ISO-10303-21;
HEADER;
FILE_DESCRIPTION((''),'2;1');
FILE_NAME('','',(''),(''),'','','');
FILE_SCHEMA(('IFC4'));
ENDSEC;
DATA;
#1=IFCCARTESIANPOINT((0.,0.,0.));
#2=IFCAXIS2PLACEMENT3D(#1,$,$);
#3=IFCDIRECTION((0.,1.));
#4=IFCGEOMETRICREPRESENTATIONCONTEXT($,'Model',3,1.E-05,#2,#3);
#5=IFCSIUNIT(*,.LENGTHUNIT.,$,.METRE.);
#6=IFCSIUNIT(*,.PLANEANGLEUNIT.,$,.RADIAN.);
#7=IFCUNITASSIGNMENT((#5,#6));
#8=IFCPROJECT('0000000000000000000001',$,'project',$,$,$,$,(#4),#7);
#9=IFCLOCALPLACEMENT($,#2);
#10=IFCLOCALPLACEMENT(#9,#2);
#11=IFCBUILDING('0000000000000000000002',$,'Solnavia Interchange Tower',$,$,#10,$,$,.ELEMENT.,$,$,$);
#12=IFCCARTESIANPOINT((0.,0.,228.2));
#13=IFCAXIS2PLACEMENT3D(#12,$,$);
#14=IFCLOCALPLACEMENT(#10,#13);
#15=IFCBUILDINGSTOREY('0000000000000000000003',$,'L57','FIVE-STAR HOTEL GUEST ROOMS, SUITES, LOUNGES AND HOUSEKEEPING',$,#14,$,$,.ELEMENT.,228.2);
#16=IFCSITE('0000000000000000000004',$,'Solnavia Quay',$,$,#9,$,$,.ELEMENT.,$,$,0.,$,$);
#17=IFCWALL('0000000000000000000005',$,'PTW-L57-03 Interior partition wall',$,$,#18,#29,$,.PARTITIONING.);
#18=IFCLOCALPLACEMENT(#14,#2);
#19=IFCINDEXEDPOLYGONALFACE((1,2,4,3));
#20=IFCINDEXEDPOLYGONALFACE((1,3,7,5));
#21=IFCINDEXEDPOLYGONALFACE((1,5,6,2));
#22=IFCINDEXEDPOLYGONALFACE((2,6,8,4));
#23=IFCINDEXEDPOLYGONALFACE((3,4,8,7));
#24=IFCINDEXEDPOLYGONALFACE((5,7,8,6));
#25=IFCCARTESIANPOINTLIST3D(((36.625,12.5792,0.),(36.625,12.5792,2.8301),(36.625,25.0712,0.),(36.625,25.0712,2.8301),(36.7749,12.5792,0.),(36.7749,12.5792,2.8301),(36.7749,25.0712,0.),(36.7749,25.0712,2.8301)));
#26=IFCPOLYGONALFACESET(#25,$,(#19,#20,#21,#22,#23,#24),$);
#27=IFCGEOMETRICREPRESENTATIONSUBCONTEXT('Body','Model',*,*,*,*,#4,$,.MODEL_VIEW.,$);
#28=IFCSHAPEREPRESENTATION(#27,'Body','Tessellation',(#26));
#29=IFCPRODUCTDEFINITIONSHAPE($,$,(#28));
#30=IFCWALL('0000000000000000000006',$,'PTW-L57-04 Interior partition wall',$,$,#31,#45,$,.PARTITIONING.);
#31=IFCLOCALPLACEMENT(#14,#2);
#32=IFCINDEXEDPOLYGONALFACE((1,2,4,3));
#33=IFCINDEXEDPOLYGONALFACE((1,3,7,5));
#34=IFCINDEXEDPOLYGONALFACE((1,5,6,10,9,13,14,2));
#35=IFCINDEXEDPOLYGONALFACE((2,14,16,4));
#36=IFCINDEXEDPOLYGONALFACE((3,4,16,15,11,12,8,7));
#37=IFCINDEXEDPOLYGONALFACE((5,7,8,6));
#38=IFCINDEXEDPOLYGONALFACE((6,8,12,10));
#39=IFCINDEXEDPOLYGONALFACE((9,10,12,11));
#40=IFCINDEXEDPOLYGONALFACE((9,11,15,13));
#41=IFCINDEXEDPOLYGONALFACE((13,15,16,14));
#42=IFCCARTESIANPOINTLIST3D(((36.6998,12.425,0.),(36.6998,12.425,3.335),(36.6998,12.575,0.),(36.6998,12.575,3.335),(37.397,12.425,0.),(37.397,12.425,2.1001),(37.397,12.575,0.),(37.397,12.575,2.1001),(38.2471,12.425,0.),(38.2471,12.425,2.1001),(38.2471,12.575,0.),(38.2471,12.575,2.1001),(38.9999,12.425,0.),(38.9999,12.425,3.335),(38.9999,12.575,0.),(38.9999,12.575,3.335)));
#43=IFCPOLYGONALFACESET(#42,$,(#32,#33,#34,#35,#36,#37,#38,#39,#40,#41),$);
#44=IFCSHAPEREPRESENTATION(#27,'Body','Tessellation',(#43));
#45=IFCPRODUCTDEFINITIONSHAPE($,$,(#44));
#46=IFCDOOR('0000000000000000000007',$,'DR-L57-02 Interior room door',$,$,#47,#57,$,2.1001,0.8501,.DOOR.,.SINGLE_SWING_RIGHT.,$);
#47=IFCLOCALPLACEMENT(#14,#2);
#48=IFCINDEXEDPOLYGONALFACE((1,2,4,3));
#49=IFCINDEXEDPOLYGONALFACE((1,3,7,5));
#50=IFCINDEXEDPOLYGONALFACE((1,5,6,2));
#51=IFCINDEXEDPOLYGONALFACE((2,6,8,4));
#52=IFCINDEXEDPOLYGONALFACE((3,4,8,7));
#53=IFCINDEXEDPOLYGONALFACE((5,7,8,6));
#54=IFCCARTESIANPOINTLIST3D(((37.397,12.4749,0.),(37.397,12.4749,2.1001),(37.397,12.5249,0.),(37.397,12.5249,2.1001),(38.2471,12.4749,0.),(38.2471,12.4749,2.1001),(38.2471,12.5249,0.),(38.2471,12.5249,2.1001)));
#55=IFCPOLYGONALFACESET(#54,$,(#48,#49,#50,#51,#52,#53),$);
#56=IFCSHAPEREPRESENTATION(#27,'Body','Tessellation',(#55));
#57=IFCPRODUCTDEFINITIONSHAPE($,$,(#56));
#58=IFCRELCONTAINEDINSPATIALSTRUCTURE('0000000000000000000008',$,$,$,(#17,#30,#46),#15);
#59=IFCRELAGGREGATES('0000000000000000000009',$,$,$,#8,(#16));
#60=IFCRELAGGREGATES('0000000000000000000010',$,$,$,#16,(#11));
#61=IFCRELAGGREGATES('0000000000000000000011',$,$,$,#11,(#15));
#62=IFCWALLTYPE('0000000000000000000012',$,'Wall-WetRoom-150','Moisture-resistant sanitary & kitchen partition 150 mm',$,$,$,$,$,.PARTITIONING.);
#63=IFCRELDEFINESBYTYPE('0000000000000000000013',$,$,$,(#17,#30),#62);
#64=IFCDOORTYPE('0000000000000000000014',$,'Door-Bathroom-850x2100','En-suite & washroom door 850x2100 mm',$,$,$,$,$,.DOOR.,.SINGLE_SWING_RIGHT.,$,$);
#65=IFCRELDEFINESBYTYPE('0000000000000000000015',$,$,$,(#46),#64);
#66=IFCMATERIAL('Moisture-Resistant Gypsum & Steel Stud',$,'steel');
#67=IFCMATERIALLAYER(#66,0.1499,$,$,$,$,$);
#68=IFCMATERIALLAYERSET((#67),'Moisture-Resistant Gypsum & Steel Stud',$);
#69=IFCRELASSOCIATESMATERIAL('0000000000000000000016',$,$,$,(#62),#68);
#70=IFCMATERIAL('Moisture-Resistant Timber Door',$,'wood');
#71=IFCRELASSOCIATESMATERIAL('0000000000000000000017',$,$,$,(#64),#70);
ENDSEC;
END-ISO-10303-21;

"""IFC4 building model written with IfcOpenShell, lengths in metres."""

from ifc_helpers import new_model, si_unit, direction, frame, frame_2d, origin, place, context, subcontext, project, spatial, rectangle, extrude, material, layer, layer_set, type_object, element, fill, save


model = new_model("IFC4")

# Units and contexts
model_context = context("Model", 3, precision=1e-05, world=origin(), true_north=direction((0.0, 1.0)))
body_context = subcontext(model_context, "Body", "Model", "MODEL_VIEW")
ifc_project = project(units=[si_unit("LENGTHUNIT", "METRE"), si_unit("PLANEANGLEUNIT", "RADIAN")], contexts=[model_context])

# Site, building, storey
site_placement = place(None, origin())
site = spatial("IfcSite", under=ifc_project, at=site_placement, Name="Solnavia Quay", CompositionType="ELEMENT", RefElevation=0.0)
building_placement = place(site_placement, origin())
building = spatial("IfcBuilding", under=site, at=building_placement, Name="Solnavia Interchange Tower", CompositionType="ELEMENT")
storey_placement = place(building_placement, frame((0.0, 0.0, 228.2)))
storey = spatial("IfcBuildingStorey", under=building, at=storey_placement, Name="L57", Description="FIVE-STAR HOTEL GUEST ROOMS, SUITES, LOUNGES AND HOUSEKEEPING", CompositionType="ELEMENT", Elevation=228.2)

# Shared definitions
ifc_material_1 = material(Name="Moisture-Resistant Gypsum & Steel Stud", Category="steel")
ifc_layer_1 = layer(ifc_material_1, 0.1499)
ifc_layer_set_1 = layer_set([ifc_layer_1], Name="Moisture-Resistant Gypsum & Steel Stud")
wall_type_1 = type_object("IfcWallType", Name="Wall-WetRoom-150", Description="Moisture-resistant sanitary & kitchen partition 150 mm", PredefinedType="PARTITIONING", material=ifc_layer_set_1)

# Shared definitions
ifc_material_2 = material(Name="Moisture-Resistant Timber Door", Category="wood")
door_type_1 = type_object("IfcDoorType", Name="Door-Bathroom-850x2100", Description="En-suite & washroom door 850x2100 mm", OperationType="SINGLE_SWING_RIGHT", PredefinedType="DOOR", material=ifc_material_2)

# Wall
wall_1_placement = place(storey_placement, frame((36.7, 12.5791, 0.0), z_axis=(0.0, 0.0, 1.0), x_axis=(0.0, 1.0, 0.0)))
element("IfcWall", 1, at=wall_1_placement, inside=storey, type_object=wall_type_1, Name="PTW-L57-03 Interior partition wall", PredefinedType="PARTITIONING", context=body_context, shape_type="SweptSolid", body=[
    extrude(rectangle(XDim=12.4919, YDim=0.1499, at=frame_2d((6.2461, 0.0))), origin(), (0.0, 0.0, 1.0), 2.8301),
])

# Wall, opening, door
wall_2_placement = place(storey_placement, frame((36.7, 12.5, 0.0), z_axis=(0.0, 0.0, 1.0), x_axis=(1.0, 0.0, 0.0)))
wall_2 = element("IfcWall", 2, at=wall_2_placement, inside=storey, type_object=wall_type_1, Name="PTW-L57-04 Interior partition wall", PredefinedType="PARTITIONING", context=body_context, shape_type="SweptSolid", body=[
    extrude(rectangle(XDim=2.3, YDim=0.1499, at=frame_2d((1.1499, 0.0))), origin(), (0.0, 0.0, 1.0), 3.335),
])
opening_1_placement = place(wall_2_placement, frame((0.697, 0.0, 0.0)))
opening_1 = element("IfcOpeningElement", 3, at=opening_1_placement, cuts=wall_2, PredefinedType="OPENING", context=body_context, shape_type="SweptSolid", body=[
    extrude(rectangle(XDim=0.8501, YDim=2.1001, at=frame_2d((0.425, 1.05))), frame((0.0, 0.085, 0.0), z_axis=(0.0, -1.0, 0.0), x_axis=(1.0, 0.0, 0.0)), (0.0, 0.0, 1.0), 0.1699),
])
door_1_placement = place(opening_1_placement, origin())
door_1 = element("IfcDoor", 4, at=door_1_placement, inside=storey, type_object=door_type_1, Name="DR-L57-02 Interior room door", OperationType="SINGLE_SWING_RIGHT", OverallHeight=2.1001, OverallWidth=0.8501, PredefinedType="DOOR", context=body_context, shape_type="SweptSolid", body=[
    extrude(rectangle(XDim=0.8501, YDim=2.1001, at=frame_2d((0.425, 1.05))), frame((0.0, 0.0249, 0.0), z_axis=(0.0, -1.0, 0.0), x_axis=(1.0, 0.0, 0.0)), (0.0, 0.0, 1.0), 0.05),
])
fill(opening_1, door_1)

save(model, "model.ifc")
